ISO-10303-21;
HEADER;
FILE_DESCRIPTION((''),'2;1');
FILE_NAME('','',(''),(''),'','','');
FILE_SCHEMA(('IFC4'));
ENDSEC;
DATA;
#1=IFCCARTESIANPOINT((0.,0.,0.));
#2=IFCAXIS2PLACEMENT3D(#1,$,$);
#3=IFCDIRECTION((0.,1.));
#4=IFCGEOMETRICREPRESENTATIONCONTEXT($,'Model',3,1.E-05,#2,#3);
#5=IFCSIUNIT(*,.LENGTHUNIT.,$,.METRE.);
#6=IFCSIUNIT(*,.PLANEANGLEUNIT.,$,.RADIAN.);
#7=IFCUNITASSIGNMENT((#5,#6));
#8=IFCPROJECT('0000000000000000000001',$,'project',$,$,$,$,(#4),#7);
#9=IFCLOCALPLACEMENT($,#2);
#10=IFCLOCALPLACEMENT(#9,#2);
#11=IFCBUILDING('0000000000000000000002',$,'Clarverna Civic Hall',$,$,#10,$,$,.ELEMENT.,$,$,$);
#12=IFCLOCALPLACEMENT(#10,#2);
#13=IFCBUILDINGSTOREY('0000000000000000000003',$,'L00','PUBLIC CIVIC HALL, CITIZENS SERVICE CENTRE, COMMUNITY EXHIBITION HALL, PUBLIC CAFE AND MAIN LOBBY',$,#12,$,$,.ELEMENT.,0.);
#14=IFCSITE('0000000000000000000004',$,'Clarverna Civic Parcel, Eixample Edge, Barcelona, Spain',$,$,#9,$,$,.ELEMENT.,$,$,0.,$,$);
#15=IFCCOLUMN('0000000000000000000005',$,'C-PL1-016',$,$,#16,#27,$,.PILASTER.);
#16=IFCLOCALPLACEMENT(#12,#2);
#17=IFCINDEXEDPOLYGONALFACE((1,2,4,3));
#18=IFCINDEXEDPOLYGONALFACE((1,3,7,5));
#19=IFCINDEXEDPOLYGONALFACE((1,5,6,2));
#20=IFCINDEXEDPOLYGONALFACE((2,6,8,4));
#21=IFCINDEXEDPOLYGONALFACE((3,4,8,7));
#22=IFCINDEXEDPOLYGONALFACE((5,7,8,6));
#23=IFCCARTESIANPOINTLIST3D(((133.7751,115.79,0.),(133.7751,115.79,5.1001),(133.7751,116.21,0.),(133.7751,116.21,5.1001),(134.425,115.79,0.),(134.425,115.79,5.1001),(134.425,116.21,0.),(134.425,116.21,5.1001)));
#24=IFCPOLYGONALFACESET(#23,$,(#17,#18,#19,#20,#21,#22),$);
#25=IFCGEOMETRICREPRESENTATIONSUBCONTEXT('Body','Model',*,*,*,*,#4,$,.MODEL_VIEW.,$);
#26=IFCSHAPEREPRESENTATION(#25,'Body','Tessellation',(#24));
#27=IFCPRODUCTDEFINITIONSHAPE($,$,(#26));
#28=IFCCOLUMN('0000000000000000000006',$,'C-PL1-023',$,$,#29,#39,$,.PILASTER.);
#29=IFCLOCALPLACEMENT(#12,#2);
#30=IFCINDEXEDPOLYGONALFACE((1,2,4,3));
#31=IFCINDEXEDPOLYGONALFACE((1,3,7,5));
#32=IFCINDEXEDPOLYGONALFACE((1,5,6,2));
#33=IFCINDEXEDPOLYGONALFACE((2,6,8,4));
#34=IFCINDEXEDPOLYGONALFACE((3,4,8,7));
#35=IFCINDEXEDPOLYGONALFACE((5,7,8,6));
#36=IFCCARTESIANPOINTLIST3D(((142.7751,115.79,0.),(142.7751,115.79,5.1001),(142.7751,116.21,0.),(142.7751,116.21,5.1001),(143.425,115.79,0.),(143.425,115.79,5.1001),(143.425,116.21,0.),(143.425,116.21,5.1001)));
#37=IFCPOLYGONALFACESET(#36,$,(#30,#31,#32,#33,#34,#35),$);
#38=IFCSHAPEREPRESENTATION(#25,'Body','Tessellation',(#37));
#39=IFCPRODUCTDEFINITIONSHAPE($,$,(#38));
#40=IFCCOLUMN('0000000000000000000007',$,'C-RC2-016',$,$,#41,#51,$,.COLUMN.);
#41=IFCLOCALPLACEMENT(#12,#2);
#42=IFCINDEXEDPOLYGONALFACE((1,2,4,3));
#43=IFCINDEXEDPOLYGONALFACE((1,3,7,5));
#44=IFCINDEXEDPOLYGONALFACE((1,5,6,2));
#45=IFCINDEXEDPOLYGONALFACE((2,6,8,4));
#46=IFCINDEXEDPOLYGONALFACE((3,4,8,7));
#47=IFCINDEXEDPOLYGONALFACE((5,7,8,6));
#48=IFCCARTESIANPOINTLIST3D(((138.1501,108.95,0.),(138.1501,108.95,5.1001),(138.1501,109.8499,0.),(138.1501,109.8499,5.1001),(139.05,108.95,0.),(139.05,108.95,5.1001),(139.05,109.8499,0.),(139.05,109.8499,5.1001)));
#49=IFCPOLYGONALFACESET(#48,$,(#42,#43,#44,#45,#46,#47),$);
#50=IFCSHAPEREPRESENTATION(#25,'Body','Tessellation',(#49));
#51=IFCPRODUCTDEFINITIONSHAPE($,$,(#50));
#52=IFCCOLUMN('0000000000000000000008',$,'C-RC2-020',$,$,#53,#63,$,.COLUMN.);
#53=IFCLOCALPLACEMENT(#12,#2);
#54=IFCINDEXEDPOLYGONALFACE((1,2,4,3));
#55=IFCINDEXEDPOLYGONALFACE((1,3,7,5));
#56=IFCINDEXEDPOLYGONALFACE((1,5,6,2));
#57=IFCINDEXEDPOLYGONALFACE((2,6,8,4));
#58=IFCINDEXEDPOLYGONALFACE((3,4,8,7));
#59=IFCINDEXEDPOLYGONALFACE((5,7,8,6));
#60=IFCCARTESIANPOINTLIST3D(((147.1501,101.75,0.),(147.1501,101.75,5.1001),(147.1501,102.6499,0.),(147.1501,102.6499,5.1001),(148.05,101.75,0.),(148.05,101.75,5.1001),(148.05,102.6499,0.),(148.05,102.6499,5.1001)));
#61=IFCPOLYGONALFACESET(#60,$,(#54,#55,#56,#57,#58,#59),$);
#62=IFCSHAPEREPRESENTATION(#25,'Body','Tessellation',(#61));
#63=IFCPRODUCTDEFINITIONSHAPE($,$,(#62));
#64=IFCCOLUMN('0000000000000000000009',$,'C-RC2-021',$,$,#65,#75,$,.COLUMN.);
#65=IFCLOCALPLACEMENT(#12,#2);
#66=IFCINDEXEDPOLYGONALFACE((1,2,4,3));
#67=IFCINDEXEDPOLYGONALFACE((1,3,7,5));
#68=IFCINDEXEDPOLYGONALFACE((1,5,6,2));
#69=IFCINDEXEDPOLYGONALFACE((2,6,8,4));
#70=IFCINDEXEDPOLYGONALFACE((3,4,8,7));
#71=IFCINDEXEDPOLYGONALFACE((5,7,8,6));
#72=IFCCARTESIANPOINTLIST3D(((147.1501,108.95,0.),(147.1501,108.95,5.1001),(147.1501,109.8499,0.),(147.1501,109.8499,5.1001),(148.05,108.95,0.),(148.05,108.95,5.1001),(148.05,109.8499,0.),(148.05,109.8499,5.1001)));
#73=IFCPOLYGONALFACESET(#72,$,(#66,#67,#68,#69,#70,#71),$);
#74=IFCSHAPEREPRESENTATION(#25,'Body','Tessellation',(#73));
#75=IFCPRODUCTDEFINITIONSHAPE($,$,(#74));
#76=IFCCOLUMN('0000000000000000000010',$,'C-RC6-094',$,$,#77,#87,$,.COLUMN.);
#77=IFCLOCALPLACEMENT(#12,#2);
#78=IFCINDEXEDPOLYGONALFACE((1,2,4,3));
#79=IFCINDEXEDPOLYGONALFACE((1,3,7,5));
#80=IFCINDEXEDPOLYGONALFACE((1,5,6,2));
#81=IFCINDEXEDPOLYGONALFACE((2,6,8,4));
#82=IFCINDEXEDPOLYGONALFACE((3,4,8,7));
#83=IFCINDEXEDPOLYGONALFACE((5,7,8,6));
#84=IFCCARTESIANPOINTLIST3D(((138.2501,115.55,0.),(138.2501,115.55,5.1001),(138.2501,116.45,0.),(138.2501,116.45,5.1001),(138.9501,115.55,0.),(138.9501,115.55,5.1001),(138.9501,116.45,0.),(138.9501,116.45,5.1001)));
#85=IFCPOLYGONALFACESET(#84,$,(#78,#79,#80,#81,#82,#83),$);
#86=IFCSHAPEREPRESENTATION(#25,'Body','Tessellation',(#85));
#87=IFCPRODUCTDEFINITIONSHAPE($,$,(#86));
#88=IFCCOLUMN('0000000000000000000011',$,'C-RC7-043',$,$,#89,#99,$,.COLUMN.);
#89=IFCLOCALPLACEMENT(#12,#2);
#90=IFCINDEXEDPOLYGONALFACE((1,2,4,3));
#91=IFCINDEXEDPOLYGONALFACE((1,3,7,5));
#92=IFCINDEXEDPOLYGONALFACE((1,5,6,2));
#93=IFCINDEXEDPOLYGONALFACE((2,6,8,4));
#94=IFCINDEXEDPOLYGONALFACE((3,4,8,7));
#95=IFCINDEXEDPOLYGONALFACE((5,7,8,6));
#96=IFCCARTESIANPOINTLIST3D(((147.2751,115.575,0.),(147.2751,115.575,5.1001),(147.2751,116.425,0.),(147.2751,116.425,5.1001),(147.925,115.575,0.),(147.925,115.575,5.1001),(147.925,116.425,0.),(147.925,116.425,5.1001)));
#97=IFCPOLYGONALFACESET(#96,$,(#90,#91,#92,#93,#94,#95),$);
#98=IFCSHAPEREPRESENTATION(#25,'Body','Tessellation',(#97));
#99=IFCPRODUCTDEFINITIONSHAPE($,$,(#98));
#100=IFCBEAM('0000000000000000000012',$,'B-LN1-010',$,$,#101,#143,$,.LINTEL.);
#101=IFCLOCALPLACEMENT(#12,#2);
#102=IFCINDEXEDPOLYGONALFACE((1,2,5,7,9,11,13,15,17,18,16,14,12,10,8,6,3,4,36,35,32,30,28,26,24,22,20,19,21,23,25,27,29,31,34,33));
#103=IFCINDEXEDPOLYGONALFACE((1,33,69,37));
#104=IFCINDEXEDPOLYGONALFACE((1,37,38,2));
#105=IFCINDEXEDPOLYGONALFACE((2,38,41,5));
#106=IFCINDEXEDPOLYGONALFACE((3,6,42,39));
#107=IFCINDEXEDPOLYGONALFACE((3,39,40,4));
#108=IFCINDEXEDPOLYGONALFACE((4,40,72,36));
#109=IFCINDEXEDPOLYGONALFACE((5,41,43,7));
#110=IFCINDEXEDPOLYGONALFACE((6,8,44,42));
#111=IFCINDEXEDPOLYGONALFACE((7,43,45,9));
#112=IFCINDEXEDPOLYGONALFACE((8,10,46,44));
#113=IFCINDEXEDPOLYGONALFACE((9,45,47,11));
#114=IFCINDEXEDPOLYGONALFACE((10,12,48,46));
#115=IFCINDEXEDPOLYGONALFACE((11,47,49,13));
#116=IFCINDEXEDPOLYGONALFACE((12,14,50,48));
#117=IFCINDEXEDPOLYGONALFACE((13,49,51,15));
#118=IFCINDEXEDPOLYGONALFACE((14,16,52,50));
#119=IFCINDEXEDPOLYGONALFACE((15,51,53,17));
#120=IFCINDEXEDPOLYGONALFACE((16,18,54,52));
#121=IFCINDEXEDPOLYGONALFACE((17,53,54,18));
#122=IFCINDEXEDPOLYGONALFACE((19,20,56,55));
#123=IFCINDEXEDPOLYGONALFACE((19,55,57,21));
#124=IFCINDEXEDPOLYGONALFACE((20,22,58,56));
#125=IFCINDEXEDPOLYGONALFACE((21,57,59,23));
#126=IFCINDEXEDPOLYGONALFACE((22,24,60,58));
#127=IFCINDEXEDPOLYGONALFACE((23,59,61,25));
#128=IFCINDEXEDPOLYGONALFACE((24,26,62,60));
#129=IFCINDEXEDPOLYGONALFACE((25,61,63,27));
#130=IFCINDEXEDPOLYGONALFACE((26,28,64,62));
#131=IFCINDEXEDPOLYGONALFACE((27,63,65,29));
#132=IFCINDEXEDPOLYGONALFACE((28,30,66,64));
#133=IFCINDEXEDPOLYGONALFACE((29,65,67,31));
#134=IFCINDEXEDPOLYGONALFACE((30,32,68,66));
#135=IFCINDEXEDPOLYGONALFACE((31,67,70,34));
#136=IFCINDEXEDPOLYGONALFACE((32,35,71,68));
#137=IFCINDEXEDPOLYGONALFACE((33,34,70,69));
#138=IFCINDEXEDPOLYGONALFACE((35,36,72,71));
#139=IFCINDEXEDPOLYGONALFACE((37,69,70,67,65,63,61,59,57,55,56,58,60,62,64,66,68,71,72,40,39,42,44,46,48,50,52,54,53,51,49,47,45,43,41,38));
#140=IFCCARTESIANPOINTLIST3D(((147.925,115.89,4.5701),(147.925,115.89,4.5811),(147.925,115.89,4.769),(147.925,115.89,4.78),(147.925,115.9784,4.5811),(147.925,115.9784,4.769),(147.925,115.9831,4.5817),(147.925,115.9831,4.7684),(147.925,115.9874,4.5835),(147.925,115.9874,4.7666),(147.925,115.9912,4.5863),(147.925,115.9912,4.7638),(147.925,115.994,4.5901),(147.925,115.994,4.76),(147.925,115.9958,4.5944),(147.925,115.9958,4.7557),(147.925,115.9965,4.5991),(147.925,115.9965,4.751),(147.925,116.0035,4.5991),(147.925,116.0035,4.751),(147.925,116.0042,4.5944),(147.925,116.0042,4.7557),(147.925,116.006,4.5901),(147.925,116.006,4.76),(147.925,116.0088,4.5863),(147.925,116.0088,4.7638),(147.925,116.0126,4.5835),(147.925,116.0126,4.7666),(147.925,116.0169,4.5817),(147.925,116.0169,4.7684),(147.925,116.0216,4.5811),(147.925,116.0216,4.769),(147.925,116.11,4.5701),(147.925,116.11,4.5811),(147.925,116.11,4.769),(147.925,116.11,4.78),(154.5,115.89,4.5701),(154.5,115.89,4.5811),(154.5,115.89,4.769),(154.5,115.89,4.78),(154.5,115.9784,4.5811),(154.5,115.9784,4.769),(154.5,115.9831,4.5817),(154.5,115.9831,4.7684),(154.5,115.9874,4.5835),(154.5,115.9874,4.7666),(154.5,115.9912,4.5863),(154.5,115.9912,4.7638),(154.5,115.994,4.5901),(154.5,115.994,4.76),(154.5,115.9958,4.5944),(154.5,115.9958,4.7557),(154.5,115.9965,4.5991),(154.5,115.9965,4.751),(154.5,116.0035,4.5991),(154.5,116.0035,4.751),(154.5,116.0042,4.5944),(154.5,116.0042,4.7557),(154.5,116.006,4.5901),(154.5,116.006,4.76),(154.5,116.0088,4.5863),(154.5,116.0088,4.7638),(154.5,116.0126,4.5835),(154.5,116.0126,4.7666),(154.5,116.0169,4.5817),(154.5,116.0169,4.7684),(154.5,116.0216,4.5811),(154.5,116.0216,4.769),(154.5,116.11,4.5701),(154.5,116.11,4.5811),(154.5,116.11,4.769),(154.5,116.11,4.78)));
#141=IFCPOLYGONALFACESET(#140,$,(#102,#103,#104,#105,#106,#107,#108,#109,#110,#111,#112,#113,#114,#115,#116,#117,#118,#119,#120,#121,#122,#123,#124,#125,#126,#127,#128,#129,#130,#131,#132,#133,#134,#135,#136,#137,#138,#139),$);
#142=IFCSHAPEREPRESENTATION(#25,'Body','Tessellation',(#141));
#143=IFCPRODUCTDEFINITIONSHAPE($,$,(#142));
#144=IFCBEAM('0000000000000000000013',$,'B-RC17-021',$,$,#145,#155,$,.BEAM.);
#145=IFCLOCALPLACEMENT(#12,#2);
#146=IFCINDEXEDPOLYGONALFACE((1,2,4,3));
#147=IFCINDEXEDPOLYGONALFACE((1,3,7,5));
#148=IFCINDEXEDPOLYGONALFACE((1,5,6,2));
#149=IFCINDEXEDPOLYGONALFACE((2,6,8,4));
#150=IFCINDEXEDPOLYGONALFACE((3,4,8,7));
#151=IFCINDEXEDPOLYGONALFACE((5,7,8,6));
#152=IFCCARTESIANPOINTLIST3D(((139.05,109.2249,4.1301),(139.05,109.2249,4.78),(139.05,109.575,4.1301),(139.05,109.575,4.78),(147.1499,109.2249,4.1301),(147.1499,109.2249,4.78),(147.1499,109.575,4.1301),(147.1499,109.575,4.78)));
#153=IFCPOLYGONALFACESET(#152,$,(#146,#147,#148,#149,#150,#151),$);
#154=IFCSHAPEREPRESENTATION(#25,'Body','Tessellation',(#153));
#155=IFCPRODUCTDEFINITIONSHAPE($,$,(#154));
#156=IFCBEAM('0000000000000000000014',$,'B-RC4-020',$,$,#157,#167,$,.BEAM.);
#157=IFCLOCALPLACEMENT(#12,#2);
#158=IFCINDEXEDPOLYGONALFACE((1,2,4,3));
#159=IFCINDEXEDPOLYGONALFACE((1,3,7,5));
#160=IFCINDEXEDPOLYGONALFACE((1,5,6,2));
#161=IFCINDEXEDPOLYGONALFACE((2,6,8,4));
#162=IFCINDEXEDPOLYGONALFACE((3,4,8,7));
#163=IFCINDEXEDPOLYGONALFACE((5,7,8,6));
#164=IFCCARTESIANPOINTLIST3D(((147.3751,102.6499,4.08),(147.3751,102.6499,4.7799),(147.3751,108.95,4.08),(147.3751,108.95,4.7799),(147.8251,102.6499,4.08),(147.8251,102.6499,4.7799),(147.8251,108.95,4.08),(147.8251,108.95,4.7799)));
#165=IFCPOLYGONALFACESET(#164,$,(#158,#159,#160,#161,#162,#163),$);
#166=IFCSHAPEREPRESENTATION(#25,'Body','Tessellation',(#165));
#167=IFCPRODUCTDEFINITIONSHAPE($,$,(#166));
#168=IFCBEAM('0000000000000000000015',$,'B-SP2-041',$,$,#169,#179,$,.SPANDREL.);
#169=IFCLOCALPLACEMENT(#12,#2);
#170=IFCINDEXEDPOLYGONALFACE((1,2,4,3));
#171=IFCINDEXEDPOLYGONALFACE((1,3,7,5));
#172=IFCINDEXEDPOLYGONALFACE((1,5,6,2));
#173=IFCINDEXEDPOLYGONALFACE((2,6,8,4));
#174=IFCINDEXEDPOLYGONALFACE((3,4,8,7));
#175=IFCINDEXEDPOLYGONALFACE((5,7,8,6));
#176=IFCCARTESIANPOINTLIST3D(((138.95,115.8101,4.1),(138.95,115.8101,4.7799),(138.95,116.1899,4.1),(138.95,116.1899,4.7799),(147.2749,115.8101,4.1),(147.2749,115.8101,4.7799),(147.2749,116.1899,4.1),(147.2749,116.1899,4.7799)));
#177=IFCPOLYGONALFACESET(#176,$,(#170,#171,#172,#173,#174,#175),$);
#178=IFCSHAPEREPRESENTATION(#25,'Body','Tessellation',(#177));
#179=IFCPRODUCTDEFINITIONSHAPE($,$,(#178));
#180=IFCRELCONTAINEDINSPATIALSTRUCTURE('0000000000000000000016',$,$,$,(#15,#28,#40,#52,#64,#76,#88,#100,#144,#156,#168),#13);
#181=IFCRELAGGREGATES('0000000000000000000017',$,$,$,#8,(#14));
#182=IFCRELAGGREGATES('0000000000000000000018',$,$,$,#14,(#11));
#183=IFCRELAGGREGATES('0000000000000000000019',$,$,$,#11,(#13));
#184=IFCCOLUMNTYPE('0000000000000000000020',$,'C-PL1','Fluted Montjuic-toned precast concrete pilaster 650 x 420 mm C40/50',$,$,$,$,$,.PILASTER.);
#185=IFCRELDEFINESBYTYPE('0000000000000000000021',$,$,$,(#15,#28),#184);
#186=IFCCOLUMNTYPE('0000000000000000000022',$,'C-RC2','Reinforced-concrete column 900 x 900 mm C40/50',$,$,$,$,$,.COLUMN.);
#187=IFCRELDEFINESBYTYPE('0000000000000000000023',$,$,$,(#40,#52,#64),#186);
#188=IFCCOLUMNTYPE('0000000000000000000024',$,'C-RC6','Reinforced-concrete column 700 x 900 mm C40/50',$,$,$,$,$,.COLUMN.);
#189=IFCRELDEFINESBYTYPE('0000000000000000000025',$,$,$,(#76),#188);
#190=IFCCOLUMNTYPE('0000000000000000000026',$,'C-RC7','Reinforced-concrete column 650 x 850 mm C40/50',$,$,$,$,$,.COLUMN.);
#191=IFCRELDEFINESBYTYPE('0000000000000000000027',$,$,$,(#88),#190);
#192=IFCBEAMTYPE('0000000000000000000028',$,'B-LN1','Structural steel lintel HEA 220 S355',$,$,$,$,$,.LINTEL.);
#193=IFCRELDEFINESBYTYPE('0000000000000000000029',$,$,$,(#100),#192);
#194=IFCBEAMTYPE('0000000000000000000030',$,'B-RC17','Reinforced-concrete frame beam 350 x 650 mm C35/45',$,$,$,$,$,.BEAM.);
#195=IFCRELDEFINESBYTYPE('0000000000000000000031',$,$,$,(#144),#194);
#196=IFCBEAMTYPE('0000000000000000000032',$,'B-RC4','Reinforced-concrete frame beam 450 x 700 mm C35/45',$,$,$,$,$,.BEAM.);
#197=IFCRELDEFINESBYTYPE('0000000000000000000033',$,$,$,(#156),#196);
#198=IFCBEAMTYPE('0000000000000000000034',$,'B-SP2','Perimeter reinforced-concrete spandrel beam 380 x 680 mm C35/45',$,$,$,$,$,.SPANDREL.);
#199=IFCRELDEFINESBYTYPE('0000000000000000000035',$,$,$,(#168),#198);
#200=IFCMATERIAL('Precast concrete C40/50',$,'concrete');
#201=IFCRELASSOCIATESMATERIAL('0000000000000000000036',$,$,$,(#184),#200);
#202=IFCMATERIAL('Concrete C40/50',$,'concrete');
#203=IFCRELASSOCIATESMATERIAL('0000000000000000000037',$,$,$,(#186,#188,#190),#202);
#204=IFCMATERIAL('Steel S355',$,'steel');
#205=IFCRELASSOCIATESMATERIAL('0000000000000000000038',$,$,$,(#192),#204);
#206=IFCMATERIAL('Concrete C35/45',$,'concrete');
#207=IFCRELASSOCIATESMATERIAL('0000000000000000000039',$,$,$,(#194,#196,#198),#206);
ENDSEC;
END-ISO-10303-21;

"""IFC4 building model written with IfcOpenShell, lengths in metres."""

from ifc_helpers import new_model, si_unit, direction, frame, origin, origin_2d, place, context, subcontext, project, spatial, rectangle, i_section, extrude, material, material_profile, profile_set, type_object, element, save


model = new_model("IFC4")

# Units and contexts
model_context = context("Model", 3, precision=1e-05, world=origin(), true_north=direction((0.0, 1.0)))
body_context = subcontext(model_context, "Body", "Model", "MODEL_VIEW")
ifc_project = project(units=[si_unit("LENGTHUNIT", "METRE"), si_unit("PLANEANGLEUNIT", "RADIAN")], contexts=[model_context])

# Site, building, storey
site_placement = place(None, origin())
site = spatial("IfcSite", under=ifc_project, at=site_placement, Name="Clarverna Civic Parcel, Eixample Edge, Barcelona, Spain", CompositionType="ELEMENT", RefElevation=0.0)
building_placement = place(site_placement, origin())
building = spatial("IfcBuilding", under=site, at=building_placement, Name="Clarverna Civic Hall", CompositionType="ELEMENT")
storey_placement = place(building_placement, origin())
storey = spatial("IfcBuildingStorey", under=building, at=storey_placement, Name="L00", Description="PUBLIC CIVIC HALL, CITIZENS SERVICE CENTRE, COMMUNITY EXHIBITION HALL, PUBLIC CAFE AND MAIN LOBBY", CompositionType="ELEMENT", Elevation=0.0)

# Columns
ifc_material_1 = material(Name="Precast concrete C40/50", Category="concrete")
ifc_material_profile_1 = material_profile(ifc_material_1, rectangle(XDim=0.6499, YDim=0.4199, at=origin_2d()), Name="PILASTER 650x420")
ifc_profile_set_1 = profile_set([ifc_material_profile_1], Name="Precast concrete C40/50")
column_type_1 = type_object("IfcColumnType", Name="C-PL1", Description="Fluted Montjuic-toned precast concrete pilaster 650 x 420 mm C40/50", PredefinedType="PILASTER", material=ifc_profile_set_1)
for number, where, z_axis, x_axis, name in (
    (1, (134.1001, 116.0, 0.0), (0.0, 0.0, 1.0), (1.0, 0.0, 0.0), "C-PL1-016"),
    (2, (143.1001, 116.0, 0.0), (0.0, 0.0, 1.0), (1.0, 0.0, 0.0), "C-PL1-023"),
):
    element("IfcColumn", number, at=place(storey_placement, frame(where, z_axis=z_axis, x_axis=x_axis)), inside=storey, type_object=column_type_1, Name=name, PredefinedType="PILASTER", context=body_context, shape_type="SweptSolid", body=[
        extrude(rectangle(XDim=0.6499, YDim=0.4199, at=origin_2d()), origin(), (0.0, 0.0, 1.0), 5.1001),
    ])
ifc_material_2 = material(Name="Concrete C40/50", Category="concrete")
ifc_material_profile_2 = material_profile(ifc_material_2, rectangle(XDim=0.8999, YDim=0.8999, at=origin_2d()), Name="RC 900x900")
ifc_profile_set_2 = profile_set([ifc_material_profile_2], Name="Concrete C40/50")
column_type_2 = type_object("IfcColumnType", Name="C-RC2", Description="Reinforced-concrete column 900 x 900 mm C40/50", PredefinedType="COLUMN", material=ifc_profile_set_2)
for number, where, z_axis, x_axis, name in (
    (3, (138.6001, 109.3999, 0.0), (0.0, 0.0, 1.0), (1.0, 0.0, 0.0), "C-RC2-016"),
    (4, (147.6001, 102.2, 0.0), (0.0, 0.0, 1.0), (1.0, 0.0, 0.0), "C-RC2-020"),
    (5, (147.6001, 109.3999, 0.0), (0.0, 0.0, 1.0), (1.0, 0.0, 0.0), "C-RC2-021"),
):
    element("IfcColumn", number, at=place(storey_placement, frame(where, z_axis=z_axis, x_axis=x_axis)), inside=storey, type_object=column_type_2, Name=name, PredefinedType="COLUMN", context=body_context, shape_type="SweptSolid", body=[
        extrude(rectangle(XDim=0.8999, YDim=0.8999, at=origin_2d()), origin(), (0.0, 0.0, 1.0), 5.1001),
    ])
ifc_material_profile_3 = material_profile(ifc_material_2, rectangle(XDim=0.7, YDim=0.8999, at=origin_2d()), Name="RC 700x900")
ifc_profile_set_3 = profile_set([ifc_material_profile_3], Name="Concrete C40/50")
column_type_3 = type_object("IfcColumnType", Name="C-RC6", Description="Reinforced-concrete column 700 x 900 mm C40/50", PredefinedType="COLUMN", material=ifc_profile_set_3)
column_1_placement = place(storey_placement, frame((138.6001, 116.0, 0.0), z_axis=(0.0, 0.0, 1.0), x_axis=(1.0, 0.0, 0.0)))
element("IfcColumn", 6, at=column_1_placement, inside=storey, type_object=column_type_3, Name="C-RC6-094", PredefinedType="COLUMN", context=body_context, shape_type="SweptSolid", body=[
    extrude(rectangle(XDim=0.7, YDim=0.8999, at=origin_2d()), origin(), (0.0, 0.0, 1.0), 5.1001),
])
ifc_material_profile_4 = material_profile(ifc_material_2, rectangle(XDim=0.6499, YDim=0.8501, at=origin_2d()), Name="RC 650x850")
ifc_profile_set_4 = profile_set([ifc_material_profile_4], Name="Concrete C40/50")
column_type_4 = type_object("IfcColumnType", Name="C-RC7", Description="Reinforced-concrete column 650 x 850 mm C40/50", PredefinedType="COLUMN", material=ifc_profile_set_4)
column_2_placement = place(storey_placement, frame((147.6001, 116.0, 0.0), z_axis=(0.0, 0.0, 1.0), x_axis=(1.0, 0.0, 0.0)))
element("IfcColumn", 7, at=column_2_placement, inside=storey, type_object=column_type_4, Name="C-RC7-043", PredefinedType="COLUMN", context=body_context, shape_type="SweptSolid", body=[
    extrude(rectangle(XDim=0.6499, YDim=0.8501, at=origin_2d()), origin(), (0.0, 0.0, 1.0), 5.1001),
])

# Beams
ifc_material_3 = material(Name="Steel S355", Category="steel")
ifc_material_profile_5 = material_profile(ifc_material_3, i_section(OverallWidth=0.22, OverallDepth=0.21, WebThickness=0.0071, FlangeThickness=0.011, FilletRadius=0.0181, at=origin_2d()), Name="HEA 220")
ifc_profile_set_5 = profile_set([ifc_material_profile_5], Name="Steel S355")
beam_type_1 = type_object("IfcBeamType", Name="B-LN1", Description="Structural steel lintel HEA 220 S355", PredefinedType="LINTEL", material=ifc_profile_set_5)
beam_1_placement = place(storey_placement, frame((147.925, 116.0, 4.675), z_axis=(1.0, 0.0, 0.0), x_axis=(0.0, 1.0, 0.0)))
element("IfcBeam", 8, at=beam_1_placement, inside=storey, type_object=beam_type_1, Name="B-LN1-010", PredefinedType="LINTEL", context=body_context, shape_type="SweptSolid", body=[
    extrude(i_section(OverallWidth=0.22, OverallDepth=0.21, WebThickness=0.0071, FlangeThickness=0.011, FilletRadius=0.0181, at=origin_2d()), origin(), (0.0, 0.0, 1.0), 6.575),
])
ifc_material_4 = material(Name="Concrete C35/45", Category="concrete")
ifc_material_profile_6 = material_profile(ifc_material_4, rectangle(XDim=0.3501, YDim=0.6499, at=origin_2d()), Name="RC 350x650")
ifc_profile_set_6 = profile_set([ifc_material_profile_6], Name="Concrete C35/45")
beam_type_2 = type_object("IfcBeamType", Name="B-RC17", Description="Reinforced-concrete frame beam 350 x 650 mm C35/45", PredefinedType="BEAM", material=ifc_profile_set_6)
beam_2_placement = place(storey_placement, frame((139.05, 109.3999, 4.4551), z_axis=(1.0, 0.0, 0.0), x_axis=(0.0, 1.0, 0.0)))
element("IfcBeam", 9, at=beam_2_placement, inside=storey, type_object=beam_type_2, Name="B-RC17-021", PredefinedType="BEAM", context=body_context, shape_type="SweptSolid", body=[
    extrude(rectangle(XDim=0.3501, YDim=0.6499, at=origin_2d()), origin(), (0.0, 0.0, 1.0), 8.0999),
])
ifc_material_profile_7 = material_profile(ifc_material_4, rectangle(XDim=0.45, YDim=0.7, at=origin_2d()), Name="RC 450x700")
ifc_profile_set_7 = profile_set([ifc_material_profile_7], Name="Concrete C35/45")
beam_type_3 = type_object("IfcBeamType", Name="B-RC4", Description="Reinforced-concrete frame beam 450 x 700 mm C35/45", PredefinedType="BEAM", material=ifc_profile_set_7)
beam_3_placement = place(storey_placement, frame((147.6001, 102.6499, 4.4299), z_axis=(0.0, 1.0, 0.0), x_axis=(-1.0, 0.0, 0.0)))
element("IfcBeam", 10, at=beam_3_placement, inside=storey, type_object=beam_type_3, Name="B-RC4-020", PredefinedType="BEAM", context=body_context, shape_type="SweptSolid", body=[
    extrude(rectangle(XDim=0.45, YDim=0.7, at=origin_2d()), origin(), (0.0, 0.0, 1.0), 6.3),
])
ifc_material_profile_8 = material_profile(ifc_material_4, rectangle(XDim=0.3799, YDim=0.6799, at=origin_2d()), Name="RC 380x680")
ifc_profile_set_8 = profile_set([ifc_material_profile_8], Name="Concrete C35/45")
beam_type_4 = type_object("IfcBeamType", Name="B-SP2", Description="Perimeter reinforced-concrete spandrel beam 380 x 680 mm C35/45", PredefinedType="SPANDREL", material=ifc_profile_set_8)
beam_4_placement = place(storey_placement, frame((138.95, 116.0, 4.4399), z_axis=(1.0, 0.0, 0.0), x_axis=(0.0, 1.0, 0.0)))
element("IfcBeam", 11, at=beam_4_placement, inside=storey, type_object=beam_type_4, Name="B-SP2-041", PredefinedType="SPANDREL", context=body_context, shape_type="SweptSolid", body=[
    extrude(rectangle(XDim=0.3799, YDim=0.6799, at=origin_2d()), origin(), (0.0, 0.0, 1.0), 8.325),
])

save(model, "model.ifc")
